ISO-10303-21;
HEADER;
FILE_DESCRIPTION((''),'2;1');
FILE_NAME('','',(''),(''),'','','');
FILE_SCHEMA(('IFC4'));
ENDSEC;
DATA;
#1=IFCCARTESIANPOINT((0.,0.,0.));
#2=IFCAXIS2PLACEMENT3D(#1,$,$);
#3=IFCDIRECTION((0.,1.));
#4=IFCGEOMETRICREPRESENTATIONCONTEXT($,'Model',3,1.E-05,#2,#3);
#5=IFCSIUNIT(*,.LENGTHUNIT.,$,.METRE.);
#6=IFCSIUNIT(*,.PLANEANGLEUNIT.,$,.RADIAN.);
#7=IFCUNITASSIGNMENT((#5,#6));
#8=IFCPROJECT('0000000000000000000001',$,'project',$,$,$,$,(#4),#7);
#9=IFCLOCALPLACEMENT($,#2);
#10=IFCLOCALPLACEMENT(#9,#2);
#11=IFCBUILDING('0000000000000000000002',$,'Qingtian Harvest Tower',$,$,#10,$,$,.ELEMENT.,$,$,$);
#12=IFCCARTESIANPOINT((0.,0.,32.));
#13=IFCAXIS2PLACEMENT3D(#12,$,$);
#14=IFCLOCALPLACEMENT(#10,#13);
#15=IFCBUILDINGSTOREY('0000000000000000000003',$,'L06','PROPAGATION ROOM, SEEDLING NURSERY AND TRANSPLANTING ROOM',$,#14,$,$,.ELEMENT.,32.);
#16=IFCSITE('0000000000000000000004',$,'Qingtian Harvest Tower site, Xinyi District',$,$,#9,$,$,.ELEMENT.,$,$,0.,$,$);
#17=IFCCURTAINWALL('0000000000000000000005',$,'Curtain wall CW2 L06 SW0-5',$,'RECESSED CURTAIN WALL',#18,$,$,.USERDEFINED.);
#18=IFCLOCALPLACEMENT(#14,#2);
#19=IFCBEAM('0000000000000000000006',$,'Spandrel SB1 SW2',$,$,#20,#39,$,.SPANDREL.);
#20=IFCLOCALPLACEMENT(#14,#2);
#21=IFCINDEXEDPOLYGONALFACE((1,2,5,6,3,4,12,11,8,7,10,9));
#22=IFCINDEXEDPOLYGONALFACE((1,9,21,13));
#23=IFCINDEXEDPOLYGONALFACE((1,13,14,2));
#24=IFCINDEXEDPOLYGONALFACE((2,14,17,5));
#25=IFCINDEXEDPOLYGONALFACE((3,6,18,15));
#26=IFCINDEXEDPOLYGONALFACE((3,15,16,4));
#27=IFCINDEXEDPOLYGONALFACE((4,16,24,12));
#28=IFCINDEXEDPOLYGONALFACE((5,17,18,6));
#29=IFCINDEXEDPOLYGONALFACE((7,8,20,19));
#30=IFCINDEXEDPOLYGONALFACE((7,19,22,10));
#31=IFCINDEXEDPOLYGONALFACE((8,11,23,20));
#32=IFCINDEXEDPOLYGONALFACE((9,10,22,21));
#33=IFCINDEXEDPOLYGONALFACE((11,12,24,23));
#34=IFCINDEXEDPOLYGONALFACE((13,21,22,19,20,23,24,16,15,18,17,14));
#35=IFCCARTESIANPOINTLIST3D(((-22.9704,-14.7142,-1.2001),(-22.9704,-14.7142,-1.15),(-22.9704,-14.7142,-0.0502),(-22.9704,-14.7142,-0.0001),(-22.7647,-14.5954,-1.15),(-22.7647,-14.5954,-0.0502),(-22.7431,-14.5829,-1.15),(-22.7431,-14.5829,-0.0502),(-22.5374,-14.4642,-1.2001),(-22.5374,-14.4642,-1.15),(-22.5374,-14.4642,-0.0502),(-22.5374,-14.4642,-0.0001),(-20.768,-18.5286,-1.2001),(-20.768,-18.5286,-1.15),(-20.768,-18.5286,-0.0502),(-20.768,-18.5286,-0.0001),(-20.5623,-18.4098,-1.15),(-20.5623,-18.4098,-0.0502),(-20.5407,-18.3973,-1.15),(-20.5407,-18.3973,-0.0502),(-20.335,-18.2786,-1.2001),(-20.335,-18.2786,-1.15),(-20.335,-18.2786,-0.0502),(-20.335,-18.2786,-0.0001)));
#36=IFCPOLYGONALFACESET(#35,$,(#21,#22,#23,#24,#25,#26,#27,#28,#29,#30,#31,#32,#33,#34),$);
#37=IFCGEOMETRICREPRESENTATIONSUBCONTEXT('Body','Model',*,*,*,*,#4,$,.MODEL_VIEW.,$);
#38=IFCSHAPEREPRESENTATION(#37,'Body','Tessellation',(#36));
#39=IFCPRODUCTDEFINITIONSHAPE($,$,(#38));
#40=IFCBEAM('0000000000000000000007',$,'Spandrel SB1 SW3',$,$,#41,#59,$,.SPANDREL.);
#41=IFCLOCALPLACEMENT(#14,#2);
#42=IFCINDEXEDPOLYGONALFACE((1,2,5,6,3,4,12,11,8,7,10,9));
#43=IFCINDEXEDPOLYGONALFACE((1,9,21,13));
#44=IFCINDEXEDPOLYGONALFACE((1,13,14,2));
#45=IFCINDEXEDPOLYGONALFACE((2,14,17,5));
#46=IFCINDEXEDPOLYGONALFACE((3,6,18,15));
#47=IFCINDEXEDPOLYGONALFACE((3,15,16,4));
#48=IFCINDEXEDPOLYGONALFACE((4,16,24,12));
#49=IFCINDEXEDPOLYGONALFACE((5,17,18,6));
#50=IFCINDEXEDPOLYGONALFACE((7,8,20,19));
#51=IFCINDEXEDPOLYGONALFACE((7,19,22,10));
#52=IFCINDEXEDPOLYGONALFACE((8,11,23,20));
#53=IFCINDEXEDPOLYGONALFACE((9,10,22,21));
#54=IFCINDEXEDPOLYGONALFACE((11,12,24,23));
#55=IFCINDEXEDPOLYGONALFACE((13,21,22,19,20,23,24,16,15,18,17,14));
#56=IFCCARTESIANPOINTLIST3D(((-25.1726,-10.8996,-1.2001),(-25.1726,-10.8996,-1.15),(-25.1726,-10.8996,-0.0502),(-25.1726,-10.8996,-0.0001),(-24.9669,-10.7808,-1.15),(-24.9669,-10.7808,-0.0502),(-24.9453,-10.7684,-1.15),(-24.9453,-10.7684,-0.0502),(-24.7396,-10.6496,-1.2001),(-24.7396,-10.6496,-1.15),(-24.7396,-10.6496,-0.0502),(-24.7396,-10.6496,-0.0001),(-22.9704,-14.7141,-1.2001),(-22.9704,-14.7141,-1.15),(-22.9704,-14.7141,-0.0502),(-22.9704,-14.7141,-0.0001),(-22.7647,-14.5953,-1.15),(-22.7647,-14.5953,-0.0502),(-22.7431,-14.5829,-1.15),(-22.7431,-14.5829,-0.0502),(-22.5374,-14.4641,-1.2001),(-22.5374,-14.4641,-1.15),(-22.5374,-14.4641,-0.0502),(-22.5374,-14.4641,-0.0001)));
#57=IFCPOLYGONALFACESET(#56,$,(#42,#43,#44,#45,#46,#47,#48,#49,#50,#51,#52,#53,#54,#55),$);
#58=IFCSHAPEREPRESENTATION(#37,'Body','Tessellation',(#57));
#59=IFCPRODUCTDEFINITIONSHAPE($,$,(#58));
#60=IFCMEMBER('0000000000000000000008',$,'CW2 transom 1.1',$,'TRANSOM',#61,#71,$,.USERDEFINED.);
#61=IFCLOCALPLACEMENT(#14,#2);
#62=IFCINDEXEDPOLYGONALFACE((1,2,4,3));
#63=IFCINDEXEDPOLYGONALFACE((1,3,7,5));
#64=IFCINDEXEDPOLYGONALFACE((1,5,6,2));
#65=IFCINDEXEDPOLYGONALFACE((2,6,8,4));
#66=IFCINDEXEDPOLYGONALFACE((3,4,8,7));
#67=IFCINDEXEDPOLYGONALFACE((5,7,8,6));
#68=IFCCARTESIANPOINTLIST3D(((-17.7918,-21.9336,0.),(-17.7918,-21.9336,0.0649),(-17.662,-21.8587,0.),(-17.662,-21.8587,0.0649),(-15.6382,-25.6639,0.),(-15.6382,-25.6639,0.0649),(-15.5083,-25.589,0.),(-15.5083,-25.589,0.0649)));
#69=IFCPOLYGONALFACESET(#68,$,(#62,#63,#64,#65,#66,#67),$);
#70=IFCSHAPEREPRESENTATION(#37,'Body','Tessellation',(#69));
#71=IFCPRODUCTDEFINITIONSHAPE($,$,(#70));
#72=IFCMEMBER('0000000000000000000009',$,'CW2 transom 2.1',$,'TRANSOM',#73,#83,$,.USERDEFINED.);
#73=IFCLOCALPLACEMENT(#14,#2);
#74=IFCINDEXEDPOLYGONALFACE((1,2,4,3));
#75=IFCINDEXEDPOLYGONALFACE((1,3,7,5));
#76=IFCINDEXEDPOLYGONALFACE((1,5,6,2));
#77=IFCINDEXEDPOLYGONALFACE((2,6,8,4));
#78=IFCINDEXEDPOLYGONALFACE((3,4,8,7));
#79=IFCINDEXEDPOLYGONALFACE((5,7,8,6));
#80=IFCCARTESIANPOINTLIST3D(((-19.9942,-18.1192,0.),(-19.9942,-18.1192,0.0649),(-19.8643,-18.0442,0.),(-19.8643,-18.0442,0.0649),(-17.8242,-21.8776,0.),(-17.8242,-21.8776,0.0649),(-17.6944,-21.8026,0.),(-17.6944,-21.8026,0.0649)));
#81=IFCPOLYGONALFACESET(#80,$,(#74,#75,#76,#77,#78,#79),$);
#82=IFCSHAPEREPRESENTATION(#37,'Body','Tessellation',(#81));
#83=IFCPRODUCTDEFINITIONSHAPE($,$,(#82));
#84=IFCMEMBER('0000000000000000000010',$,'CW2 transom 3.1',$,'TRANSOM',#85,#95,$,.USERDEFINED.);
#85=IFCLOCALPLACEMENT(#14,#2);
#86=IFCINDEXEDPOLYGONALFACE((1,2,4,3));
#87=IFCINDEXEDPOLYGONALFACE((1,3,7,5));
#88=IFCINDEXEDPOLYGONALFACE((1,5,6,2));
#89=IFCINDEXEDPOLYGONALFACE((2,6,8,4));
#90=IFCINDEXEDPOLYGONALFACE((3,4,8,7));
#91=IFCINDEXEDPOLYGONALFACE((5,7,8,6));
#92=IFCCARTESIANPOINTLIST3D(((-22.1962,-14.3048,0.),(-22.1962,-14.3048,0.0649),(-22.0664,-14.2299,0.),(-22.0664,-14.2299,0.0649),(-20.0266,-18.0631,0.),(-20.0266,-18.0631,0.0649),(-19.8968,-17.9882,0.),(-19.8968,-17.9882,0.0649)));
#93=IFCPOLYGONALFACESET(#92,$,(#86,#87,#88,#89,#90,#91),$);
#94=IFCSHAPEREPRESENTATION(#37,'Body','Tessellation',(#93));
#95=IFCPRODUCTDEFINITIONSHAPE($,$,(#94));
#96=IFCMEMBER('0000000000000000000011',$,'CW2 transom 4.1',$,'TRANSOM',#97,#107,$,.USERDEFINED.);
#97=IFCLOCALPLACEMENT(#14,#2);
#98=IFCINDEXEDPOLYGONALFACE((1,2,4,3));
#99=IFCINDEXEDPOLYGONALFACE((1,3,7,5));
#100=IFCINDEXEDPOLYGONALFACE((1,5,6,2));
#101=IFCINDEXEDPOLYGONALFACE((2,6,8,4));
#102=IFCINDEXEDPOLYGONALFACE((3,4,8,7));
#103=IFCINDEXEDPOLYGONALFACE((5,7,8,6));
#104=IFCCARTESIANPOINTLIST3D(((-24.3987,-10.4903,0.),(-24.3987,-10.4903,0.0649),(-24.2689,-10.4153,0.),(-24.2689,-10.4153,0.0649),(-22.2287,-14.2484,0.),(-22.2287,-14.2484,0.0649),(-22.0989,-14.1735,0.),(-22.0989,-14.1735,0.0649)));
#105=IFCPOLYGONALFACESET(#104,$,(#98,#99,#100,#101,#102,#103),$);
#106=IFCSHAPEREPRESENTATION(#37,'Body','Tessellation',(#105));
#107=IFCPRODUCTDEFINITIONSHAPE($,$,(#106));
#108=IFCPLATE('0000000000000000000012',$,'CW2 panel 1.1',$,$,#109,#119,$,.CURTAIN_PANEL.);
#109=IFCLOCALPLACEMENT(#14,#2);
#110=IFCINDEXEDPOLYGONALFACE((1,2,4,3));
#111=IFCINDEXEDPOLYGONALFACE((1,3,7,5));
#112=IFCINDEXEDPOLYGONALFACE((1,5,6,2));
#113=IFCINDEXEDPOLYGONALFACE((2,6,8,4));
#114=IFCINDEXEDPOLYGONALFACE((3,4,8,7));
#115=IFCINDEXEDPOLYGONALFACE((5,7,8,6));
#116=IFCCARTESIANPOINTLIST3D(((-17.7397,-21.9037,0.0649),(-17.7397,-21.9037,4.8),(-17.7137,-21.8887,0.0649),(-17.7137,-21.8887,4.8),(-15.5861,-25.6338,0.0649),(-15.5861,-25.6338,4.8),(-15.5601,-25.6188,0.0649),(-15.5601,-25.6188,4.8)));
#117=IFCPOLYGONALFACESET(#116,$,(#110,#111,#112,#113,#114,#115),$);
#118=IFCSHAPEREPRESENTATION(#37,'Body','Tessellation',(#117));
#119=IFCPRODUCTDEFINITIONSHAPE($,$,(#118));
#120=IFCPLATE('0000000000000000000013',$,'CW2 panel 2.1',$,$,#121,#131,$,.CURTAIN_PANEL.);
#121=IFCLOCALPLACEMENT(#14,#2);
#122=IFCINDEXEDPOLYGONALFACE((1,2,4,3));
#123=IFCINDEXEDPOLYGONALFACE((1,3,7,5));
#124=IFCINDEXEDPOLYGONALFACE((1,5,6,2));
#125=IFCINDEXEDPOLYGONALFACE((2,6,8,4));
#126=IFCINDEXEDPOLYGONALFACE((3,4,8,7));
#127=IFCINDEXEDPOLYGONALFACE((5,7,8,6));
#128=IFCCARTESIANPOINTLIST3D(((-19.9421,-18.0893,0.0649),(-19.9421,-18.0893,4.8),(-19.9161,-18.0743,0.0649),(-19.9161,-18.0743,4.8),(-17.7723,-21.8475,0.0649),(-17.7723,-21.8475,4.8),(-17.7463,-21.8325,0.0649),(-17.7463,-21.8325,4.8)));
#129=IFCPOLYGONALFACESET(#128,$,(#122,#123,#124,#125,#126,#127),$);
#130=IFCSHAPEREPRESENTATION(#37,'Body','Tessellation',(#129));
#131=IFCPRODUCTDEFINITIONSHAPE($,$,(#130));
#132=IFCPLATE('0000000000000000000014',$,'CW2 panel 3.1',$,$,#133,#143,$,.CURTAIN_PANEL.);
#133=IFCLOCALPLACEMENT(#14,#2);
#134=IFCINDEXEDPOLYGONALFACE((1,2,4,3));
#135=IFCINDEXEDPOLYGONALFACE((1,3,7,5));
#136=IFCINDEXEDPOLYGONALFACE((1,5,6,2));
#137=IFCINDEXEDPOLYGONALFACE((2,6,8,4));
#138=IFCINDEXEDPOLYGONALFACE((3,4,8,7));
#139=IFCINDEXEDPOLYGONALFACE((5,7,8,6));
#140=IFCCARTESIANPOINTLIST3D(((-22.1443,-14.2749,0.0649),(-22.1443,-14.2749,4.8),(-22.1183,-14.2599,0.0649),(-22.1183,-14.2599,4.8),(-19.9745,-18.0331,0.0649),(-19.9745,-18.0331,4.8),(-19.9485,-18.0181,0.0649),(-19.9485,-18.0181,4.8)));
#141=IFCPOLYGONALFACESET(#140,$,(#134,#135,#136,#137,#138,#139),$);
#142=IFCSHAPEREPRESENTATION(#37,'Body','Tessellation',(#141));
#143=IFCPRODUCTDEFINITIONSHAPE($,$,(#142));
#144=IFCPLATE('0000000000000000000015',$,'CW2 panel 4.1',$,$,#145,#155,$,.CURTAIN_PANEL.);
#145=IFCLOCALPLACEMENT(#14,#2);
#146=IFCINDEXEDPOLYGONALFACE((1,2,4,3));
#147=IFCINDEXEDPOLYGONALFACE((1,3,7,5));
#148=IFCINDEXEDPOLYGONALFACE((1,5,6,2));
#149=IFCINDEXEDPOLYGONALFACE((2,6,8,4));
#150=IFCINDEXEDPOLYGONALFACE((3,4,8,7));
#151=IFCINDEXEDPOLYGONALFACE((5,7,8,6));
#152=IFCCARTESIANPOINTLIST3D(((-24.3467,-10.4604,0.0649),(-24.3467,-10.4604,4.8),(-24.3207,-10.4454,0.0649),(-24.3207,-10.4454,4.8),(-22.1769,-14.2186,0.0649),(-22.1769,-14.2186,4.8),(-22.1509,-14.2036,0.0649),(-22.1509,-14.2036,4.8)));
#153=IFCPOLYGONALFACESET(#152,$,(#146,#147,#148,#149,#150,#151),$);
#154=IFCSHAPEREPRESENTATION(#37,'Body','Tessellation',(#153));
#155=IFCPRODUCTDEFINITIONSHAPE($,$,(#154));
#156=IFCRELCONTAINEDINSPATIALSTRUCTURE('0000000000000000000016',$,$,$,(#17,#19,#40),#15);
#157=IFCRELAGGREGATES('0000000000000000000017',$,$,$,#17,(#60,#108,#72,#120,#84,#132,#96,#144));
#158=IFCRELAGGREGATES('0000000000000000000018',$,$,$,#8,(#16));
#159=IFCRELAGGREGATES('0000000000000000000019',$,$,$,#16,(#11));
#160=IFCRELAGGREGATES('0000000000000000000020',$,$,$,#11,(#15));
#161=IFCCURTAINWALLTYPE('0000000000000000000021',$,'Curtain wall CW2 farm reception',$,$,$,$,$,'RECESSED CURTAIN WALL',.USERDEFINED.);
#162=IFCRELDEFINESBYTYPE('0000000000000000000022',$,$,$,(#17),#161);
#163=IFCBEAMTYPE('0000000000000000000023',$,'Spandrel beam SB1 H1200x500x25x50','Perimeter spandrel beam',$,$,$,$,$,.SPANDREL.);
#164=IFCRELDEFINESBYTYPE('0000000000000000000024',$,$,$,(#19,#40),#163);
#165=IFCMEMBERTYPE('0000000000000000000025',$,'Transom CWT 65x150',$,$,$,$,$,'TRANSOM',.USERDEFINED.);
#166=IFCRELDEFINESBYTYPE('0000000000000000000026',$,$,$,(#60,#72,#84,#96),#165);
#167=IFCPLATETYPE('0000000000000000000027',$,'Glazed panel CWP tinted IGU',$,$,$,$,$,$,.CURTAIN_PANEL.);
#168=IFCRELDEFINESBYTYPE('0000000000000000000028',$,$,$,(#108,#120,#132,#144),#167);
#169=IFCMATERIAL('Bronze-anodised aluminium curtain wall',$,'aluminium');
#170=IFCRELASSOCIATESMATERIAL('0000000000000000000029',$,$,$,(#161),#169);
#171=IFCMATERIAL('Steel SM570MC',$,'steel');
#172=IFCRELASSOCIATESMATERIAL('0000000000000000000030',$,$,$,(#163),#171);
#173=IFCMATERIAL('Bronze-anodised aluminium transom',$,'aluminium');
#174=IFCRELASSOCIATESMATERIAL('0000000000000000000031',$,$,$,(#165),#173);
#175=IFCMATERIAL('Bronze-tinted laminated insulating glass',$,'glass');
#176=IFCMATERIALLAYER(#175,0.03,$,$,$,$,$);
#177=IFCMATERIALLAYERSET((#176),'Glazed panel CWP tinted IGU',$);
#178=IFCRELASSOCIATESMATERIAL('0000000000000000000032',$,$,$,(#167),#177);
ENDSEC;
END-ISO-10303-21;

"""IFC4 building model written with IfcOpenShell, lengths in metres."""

from ifc_helpers import new_model, si_unit, direction, frame, origin, origin_2d, place, context, subcontext, project, spatial, rectangle, i_section, extrude, material, layer, layer_set, material_profile, profile_set, type_object, element, aggregate, save


model = new_model("IFC4")

# Units and contexts
model_context = context("Model", 3, precision=1e-05, world=origin(), true_north=direction((0.0, 1.0)))
body_context = subcontext(model_context, "Body", "Model", "MODEL_VIEW")
ifc_project = project(units=[si_unit("LENGTHUNIT", "METRE"), si_unit("PLANEANGLEUNIT", "RADIAN")], contexts=[model_context])

# Site, building, storey
site_placement = place(None, origin())
site = spatial("IfcSite", under=ifc_project, at=site_placement, Name="Qingtian Harvest Tower site, Xinyi District", CompositionType="ELEMENT", RefElevation=0.0)
building_placement = place(site_placement, origin())
building = spatial("IfcBuilding", under=site, at=building_placement, Name="Qingtian Harvest Tower", CompositionType="ELEMENT")
storey_placement = place(building_placement, frame((0.0, 0.0, 32.0)))
storey = spatial("IfcBuildingStorey", under=building, at=storey_placement, Name="L06", Description="PROPAGATION ROOM, SEEDLING NURSERY AND TRANSPLANTING ROOM", CompositionType="ELEMENT", Elevation=32.0)

# Shared definitions
ifc_material_1 = material(Name="Bronze-anodised aluminium curtain wall", Category="aluminium")
curtain_wall_type = type_object("IfcCurtainWallType", Name="Curtain wall CW2 farm reception", ElementType="RECESSED CURTAIN WALL", PredefinedType="USERDEFINED", material=ifc_material_1)

# Curtain wall
curtain_wall_1_placement = place(storey_placement, origin())
curtain_wall_1 = element("IfcCurtainWall", 1, at=curtain_wall_1_placement, inside=storey, type_object=curtain_wall_type, Name="Curtain wall CW2 L06 SW0-5", ObjectType="RECESSED CURTAIN WALL", PredefinedType="USERDEFINED")

# Beams
ifc_material_2 = material(Name="Steel SM570MC", Category="steel")
ifc_material_profile_1 = material_profile(ifc_material_2, i_section(OverallWidth=0.5, OverallDepth=1.2, WebThickness=0.0249, FlangeThickness=0.05, at=origin_2d()), Name="H1200x500x25x50")
ifc_profile_set_1 = profile_set([ifc_material_profile_1], Name="Steel SM570MC")
beam_type_1 = type_object("IfcBeamType", Name="Spandrel beam SB1 H1200x500x25x50", Description="Perimeter spandrel beam", PredefinedType="SPANDREL", material=ifc_profile_set_1)
for number, where, z_axis, x_axis, name in (
    (2, (-20.5515, -18.4036, -0.6001), (-0.50002, 0.866014, 0.0), (-0.866014, -0.50002, 0.0), "Spandrel SB1 SW2"),
    (3, (-22.7539, -14.5891, -0.6001), (-0.499978, 0.866038, 0.0), (-0.866038, -0.499978, 0.0), "Spandrel SB1 SW3"),
):
    element("IfcBeam", number, at=place(storey_placement, frame(where, z_axis=z_axis, x_axis=x_axis)), inside=storey, type_object=beam_type_1, Name=name, PredefinedType="SPANDREL", context=body_context, shape_type="SweptSolid", body=[
        extrude(i_section(OverallWidth=0.5, OverallDepth=1.2, WebThickness=0.0249, FlangeThickness=0.05, at=origin_2d()), origin(), (0.0, 0.0, 1.0), 4.4045),
    ])

# Members
ifc_material_3 = material(Name="Bronze-anodised aluminium transom", Category="aluminium")
ifc_material_profile_2 = material_profile(ifc_material_3, rectangle(XDim=0.1499, YDim=0.0649, at=origin_2d()), Name="AL 65x150")
ifc_profile_set_2 = profile_set([ifc_material_profile_2], Name="Bronze-anodised aluminium transom")
member_type_1 = type_object("IfcMemberType", Name="Transom CWT 65x150", ElementType="TRANSOM", PredefinedType="USERDEFINED", material=ifc_profile_set_2)
member_1_placement = place(storey_placement, frame((-15.5732, -25.6265, 0.0325), z_axis=(-0.499986, 0.866034, 0.0), x_axis=(-0.866034, -0.499986, 0.0)))
member_1 = element("IfcMember", 4, at=member_1_placement, type_object=member_type_1, Name="CW2 transom 1.1", ObjectType="TRANSOM", PredefinedType="USERDEFINED", context=body_context, shape_type="SweptSolid", body=[
    extrude(rectangle(XDim=0.1499, YDim=0.0649, at=origin_2d()), origin(), (0.0, 0.0, 1.0), 4.3074),
])
member_2_placement = place(storey_placement, frame((-17.7593, -21.8401, 0.0325), z_axis=(-0.500011, 0.866019, 0.0), x_axis=(-0.866019, -0.500011, 0.0)))
member_2 = element("IfcMember", 5, at=member_2_placement, type_object=member_type_1, Name="CW2 transom 2.1", ObjectType="TRANSOM", PredefinedType="USERDEFINED", context=body_context, shape_type="SweptSolid", body=[
    extrude(rectangle(XDim=0.1499, YDim=0.0649, at=origin_2d()), origin(), (0.0, 0.0, 1.0), 4.3398),
])
member_3_placement = place(storey_placement, frame((-19.9617, -18.0256, 0.0325), z_axis=(-0.499969, 0.866043, 0.0), x_axis=(-0.866043, -0.499969, 0.0)))
member_3 = element("IfcMember", 6, at=member_3_placement, type_object=member_type_1, Name="CW2 transom 3.1", ObjectType="TRANSOM", PredefinedType="USERDEFINED", context=body_context, shape_type="SweptSolid", body=[
    extrude(rectangle(XDim=0.1499, YDim=0.0649, at=origin_2d()), origin(), (0.0, 0.0, 1.0), 4.3396),
])
member_4_placement = place(storey_placement, frame((-22.1638, -14.2109, 0.0325), z_axis=(-0.500036, 0.866005, 0.0), x_axis=(-0.866005, -0.500036, 0.0)))
member_4 = element("IfcMember", 7, at=member_4_placement, type_object=member_type_1, Name="CW2 transom 4.1", ObjectType="TRANSOM", PredefinedType="USERDEFINED", context=body_context, shape_type="SweptSolid", body=[
    extrude(rectangle(XDim=0.1499, YDim=0.0649, at=origin_2d()), origin(), (0.0, 0.0, 1.0), 4.3396),
])

# Plates
ifc_material_4 = material(Name="Bronze-tinted laminated insulating glass", Category="glass")
ifc_layer = layer(ifc_material_4, 0.03)
ifc_layer_set = layer_set([ifc_layer], Name="Glazed panel CWP tinted IGU")
plate_type = type_object("IfcPlateType", Name="Glazed panel CWP tinted IGU", PredefinedType="CURTAIN_PANEL", material=ifc_layer_set)
plate_1_placement = place(storey_placement, frame((-16.6499, -23.7612, 0.0649), z_axis=(0.0, 0.0, 1.0), x_axis=(-0.5, 0.866025, 0.0)))
plate_1 = element("IfcPlate", 8, at=plate_1_placement, type_object=plate_type, Name="CW2 panel 1.1", PredefinedType="CURTAIN_PANEL", context=body_context, shape_type="SweptSolid", body=[
    extrude(rectangle(XDim=4.3071, YDim=0.03, at=origin_2d()), origin(), (0.0, 0.0, 1.0), 4.7351),
])
plate_2_placement = place(storey_placement, frame((-18.8442, -19.9609, 0.0649), z_axis=(0.0, 0.0, 1.0), x_axis=(-0.5, 0.866025, 0.0)))
plate_2 = element("IfcPlate", 9, at=plate_2_placement, type_object=plate_type, Name="CW2 panel 2.1", PredefinedType="CURTAIN_PANEL", context=body_context, shape_type="SweptSolid", body=[
    extrude(rectangle(XDim=4.3396, YDim=0.03, at=origin_2d()), origin(), (0.0, 0.0, 1.0), 4.7351),
])
plate_3_placement = place(storey_placement, frame((-21.0464, -16.1465, 0.0649), z_axis=(0.0, 0.0, 1.0), x_axis=(-0.5, 0.866025, 0.0)))
plate_3 = element("IfcPlate", 10, at=plate_3_placement, type_object=plate_type, Name="CW2 panel 3.1", PredefinedType="CURTAIN_PANEL", context=body_context, shape_type="SweptSolid", body=[
    extrude(rectangle(XDim=4.3396, YDim=0.03, at=origin_2d()), origin(), (0.0, 0.0, 1.0), 4.7351),
])
plate_4_placement = place(storey_placement, frame((-23.2488, -12.332, 0.0649), z_axis=(0.0, 0.0, 1.0), x_axis=(-0.5, 0.866025, 0.0)))
plate_4 = element("IfcPlate", 11, at=plate_4_placement, type_object=plate_type, Name="CW2 panel 4.1", PredefinedType="CURTAIN_PANEL", context=body_context, shape_type="SweptSolid", body=[
    extrude(rectangle(XDim=4.3396, YDim=0.03, at=origin_2d()), origin(), (0.0, 0.0, 1.0), 4.7351),
])
aggregate(curtain_wall_1, [member_1, plate_1, member_2, plate_2, member_3, plate_3, member_4, plate_4])

save(model, "model.ifc")
